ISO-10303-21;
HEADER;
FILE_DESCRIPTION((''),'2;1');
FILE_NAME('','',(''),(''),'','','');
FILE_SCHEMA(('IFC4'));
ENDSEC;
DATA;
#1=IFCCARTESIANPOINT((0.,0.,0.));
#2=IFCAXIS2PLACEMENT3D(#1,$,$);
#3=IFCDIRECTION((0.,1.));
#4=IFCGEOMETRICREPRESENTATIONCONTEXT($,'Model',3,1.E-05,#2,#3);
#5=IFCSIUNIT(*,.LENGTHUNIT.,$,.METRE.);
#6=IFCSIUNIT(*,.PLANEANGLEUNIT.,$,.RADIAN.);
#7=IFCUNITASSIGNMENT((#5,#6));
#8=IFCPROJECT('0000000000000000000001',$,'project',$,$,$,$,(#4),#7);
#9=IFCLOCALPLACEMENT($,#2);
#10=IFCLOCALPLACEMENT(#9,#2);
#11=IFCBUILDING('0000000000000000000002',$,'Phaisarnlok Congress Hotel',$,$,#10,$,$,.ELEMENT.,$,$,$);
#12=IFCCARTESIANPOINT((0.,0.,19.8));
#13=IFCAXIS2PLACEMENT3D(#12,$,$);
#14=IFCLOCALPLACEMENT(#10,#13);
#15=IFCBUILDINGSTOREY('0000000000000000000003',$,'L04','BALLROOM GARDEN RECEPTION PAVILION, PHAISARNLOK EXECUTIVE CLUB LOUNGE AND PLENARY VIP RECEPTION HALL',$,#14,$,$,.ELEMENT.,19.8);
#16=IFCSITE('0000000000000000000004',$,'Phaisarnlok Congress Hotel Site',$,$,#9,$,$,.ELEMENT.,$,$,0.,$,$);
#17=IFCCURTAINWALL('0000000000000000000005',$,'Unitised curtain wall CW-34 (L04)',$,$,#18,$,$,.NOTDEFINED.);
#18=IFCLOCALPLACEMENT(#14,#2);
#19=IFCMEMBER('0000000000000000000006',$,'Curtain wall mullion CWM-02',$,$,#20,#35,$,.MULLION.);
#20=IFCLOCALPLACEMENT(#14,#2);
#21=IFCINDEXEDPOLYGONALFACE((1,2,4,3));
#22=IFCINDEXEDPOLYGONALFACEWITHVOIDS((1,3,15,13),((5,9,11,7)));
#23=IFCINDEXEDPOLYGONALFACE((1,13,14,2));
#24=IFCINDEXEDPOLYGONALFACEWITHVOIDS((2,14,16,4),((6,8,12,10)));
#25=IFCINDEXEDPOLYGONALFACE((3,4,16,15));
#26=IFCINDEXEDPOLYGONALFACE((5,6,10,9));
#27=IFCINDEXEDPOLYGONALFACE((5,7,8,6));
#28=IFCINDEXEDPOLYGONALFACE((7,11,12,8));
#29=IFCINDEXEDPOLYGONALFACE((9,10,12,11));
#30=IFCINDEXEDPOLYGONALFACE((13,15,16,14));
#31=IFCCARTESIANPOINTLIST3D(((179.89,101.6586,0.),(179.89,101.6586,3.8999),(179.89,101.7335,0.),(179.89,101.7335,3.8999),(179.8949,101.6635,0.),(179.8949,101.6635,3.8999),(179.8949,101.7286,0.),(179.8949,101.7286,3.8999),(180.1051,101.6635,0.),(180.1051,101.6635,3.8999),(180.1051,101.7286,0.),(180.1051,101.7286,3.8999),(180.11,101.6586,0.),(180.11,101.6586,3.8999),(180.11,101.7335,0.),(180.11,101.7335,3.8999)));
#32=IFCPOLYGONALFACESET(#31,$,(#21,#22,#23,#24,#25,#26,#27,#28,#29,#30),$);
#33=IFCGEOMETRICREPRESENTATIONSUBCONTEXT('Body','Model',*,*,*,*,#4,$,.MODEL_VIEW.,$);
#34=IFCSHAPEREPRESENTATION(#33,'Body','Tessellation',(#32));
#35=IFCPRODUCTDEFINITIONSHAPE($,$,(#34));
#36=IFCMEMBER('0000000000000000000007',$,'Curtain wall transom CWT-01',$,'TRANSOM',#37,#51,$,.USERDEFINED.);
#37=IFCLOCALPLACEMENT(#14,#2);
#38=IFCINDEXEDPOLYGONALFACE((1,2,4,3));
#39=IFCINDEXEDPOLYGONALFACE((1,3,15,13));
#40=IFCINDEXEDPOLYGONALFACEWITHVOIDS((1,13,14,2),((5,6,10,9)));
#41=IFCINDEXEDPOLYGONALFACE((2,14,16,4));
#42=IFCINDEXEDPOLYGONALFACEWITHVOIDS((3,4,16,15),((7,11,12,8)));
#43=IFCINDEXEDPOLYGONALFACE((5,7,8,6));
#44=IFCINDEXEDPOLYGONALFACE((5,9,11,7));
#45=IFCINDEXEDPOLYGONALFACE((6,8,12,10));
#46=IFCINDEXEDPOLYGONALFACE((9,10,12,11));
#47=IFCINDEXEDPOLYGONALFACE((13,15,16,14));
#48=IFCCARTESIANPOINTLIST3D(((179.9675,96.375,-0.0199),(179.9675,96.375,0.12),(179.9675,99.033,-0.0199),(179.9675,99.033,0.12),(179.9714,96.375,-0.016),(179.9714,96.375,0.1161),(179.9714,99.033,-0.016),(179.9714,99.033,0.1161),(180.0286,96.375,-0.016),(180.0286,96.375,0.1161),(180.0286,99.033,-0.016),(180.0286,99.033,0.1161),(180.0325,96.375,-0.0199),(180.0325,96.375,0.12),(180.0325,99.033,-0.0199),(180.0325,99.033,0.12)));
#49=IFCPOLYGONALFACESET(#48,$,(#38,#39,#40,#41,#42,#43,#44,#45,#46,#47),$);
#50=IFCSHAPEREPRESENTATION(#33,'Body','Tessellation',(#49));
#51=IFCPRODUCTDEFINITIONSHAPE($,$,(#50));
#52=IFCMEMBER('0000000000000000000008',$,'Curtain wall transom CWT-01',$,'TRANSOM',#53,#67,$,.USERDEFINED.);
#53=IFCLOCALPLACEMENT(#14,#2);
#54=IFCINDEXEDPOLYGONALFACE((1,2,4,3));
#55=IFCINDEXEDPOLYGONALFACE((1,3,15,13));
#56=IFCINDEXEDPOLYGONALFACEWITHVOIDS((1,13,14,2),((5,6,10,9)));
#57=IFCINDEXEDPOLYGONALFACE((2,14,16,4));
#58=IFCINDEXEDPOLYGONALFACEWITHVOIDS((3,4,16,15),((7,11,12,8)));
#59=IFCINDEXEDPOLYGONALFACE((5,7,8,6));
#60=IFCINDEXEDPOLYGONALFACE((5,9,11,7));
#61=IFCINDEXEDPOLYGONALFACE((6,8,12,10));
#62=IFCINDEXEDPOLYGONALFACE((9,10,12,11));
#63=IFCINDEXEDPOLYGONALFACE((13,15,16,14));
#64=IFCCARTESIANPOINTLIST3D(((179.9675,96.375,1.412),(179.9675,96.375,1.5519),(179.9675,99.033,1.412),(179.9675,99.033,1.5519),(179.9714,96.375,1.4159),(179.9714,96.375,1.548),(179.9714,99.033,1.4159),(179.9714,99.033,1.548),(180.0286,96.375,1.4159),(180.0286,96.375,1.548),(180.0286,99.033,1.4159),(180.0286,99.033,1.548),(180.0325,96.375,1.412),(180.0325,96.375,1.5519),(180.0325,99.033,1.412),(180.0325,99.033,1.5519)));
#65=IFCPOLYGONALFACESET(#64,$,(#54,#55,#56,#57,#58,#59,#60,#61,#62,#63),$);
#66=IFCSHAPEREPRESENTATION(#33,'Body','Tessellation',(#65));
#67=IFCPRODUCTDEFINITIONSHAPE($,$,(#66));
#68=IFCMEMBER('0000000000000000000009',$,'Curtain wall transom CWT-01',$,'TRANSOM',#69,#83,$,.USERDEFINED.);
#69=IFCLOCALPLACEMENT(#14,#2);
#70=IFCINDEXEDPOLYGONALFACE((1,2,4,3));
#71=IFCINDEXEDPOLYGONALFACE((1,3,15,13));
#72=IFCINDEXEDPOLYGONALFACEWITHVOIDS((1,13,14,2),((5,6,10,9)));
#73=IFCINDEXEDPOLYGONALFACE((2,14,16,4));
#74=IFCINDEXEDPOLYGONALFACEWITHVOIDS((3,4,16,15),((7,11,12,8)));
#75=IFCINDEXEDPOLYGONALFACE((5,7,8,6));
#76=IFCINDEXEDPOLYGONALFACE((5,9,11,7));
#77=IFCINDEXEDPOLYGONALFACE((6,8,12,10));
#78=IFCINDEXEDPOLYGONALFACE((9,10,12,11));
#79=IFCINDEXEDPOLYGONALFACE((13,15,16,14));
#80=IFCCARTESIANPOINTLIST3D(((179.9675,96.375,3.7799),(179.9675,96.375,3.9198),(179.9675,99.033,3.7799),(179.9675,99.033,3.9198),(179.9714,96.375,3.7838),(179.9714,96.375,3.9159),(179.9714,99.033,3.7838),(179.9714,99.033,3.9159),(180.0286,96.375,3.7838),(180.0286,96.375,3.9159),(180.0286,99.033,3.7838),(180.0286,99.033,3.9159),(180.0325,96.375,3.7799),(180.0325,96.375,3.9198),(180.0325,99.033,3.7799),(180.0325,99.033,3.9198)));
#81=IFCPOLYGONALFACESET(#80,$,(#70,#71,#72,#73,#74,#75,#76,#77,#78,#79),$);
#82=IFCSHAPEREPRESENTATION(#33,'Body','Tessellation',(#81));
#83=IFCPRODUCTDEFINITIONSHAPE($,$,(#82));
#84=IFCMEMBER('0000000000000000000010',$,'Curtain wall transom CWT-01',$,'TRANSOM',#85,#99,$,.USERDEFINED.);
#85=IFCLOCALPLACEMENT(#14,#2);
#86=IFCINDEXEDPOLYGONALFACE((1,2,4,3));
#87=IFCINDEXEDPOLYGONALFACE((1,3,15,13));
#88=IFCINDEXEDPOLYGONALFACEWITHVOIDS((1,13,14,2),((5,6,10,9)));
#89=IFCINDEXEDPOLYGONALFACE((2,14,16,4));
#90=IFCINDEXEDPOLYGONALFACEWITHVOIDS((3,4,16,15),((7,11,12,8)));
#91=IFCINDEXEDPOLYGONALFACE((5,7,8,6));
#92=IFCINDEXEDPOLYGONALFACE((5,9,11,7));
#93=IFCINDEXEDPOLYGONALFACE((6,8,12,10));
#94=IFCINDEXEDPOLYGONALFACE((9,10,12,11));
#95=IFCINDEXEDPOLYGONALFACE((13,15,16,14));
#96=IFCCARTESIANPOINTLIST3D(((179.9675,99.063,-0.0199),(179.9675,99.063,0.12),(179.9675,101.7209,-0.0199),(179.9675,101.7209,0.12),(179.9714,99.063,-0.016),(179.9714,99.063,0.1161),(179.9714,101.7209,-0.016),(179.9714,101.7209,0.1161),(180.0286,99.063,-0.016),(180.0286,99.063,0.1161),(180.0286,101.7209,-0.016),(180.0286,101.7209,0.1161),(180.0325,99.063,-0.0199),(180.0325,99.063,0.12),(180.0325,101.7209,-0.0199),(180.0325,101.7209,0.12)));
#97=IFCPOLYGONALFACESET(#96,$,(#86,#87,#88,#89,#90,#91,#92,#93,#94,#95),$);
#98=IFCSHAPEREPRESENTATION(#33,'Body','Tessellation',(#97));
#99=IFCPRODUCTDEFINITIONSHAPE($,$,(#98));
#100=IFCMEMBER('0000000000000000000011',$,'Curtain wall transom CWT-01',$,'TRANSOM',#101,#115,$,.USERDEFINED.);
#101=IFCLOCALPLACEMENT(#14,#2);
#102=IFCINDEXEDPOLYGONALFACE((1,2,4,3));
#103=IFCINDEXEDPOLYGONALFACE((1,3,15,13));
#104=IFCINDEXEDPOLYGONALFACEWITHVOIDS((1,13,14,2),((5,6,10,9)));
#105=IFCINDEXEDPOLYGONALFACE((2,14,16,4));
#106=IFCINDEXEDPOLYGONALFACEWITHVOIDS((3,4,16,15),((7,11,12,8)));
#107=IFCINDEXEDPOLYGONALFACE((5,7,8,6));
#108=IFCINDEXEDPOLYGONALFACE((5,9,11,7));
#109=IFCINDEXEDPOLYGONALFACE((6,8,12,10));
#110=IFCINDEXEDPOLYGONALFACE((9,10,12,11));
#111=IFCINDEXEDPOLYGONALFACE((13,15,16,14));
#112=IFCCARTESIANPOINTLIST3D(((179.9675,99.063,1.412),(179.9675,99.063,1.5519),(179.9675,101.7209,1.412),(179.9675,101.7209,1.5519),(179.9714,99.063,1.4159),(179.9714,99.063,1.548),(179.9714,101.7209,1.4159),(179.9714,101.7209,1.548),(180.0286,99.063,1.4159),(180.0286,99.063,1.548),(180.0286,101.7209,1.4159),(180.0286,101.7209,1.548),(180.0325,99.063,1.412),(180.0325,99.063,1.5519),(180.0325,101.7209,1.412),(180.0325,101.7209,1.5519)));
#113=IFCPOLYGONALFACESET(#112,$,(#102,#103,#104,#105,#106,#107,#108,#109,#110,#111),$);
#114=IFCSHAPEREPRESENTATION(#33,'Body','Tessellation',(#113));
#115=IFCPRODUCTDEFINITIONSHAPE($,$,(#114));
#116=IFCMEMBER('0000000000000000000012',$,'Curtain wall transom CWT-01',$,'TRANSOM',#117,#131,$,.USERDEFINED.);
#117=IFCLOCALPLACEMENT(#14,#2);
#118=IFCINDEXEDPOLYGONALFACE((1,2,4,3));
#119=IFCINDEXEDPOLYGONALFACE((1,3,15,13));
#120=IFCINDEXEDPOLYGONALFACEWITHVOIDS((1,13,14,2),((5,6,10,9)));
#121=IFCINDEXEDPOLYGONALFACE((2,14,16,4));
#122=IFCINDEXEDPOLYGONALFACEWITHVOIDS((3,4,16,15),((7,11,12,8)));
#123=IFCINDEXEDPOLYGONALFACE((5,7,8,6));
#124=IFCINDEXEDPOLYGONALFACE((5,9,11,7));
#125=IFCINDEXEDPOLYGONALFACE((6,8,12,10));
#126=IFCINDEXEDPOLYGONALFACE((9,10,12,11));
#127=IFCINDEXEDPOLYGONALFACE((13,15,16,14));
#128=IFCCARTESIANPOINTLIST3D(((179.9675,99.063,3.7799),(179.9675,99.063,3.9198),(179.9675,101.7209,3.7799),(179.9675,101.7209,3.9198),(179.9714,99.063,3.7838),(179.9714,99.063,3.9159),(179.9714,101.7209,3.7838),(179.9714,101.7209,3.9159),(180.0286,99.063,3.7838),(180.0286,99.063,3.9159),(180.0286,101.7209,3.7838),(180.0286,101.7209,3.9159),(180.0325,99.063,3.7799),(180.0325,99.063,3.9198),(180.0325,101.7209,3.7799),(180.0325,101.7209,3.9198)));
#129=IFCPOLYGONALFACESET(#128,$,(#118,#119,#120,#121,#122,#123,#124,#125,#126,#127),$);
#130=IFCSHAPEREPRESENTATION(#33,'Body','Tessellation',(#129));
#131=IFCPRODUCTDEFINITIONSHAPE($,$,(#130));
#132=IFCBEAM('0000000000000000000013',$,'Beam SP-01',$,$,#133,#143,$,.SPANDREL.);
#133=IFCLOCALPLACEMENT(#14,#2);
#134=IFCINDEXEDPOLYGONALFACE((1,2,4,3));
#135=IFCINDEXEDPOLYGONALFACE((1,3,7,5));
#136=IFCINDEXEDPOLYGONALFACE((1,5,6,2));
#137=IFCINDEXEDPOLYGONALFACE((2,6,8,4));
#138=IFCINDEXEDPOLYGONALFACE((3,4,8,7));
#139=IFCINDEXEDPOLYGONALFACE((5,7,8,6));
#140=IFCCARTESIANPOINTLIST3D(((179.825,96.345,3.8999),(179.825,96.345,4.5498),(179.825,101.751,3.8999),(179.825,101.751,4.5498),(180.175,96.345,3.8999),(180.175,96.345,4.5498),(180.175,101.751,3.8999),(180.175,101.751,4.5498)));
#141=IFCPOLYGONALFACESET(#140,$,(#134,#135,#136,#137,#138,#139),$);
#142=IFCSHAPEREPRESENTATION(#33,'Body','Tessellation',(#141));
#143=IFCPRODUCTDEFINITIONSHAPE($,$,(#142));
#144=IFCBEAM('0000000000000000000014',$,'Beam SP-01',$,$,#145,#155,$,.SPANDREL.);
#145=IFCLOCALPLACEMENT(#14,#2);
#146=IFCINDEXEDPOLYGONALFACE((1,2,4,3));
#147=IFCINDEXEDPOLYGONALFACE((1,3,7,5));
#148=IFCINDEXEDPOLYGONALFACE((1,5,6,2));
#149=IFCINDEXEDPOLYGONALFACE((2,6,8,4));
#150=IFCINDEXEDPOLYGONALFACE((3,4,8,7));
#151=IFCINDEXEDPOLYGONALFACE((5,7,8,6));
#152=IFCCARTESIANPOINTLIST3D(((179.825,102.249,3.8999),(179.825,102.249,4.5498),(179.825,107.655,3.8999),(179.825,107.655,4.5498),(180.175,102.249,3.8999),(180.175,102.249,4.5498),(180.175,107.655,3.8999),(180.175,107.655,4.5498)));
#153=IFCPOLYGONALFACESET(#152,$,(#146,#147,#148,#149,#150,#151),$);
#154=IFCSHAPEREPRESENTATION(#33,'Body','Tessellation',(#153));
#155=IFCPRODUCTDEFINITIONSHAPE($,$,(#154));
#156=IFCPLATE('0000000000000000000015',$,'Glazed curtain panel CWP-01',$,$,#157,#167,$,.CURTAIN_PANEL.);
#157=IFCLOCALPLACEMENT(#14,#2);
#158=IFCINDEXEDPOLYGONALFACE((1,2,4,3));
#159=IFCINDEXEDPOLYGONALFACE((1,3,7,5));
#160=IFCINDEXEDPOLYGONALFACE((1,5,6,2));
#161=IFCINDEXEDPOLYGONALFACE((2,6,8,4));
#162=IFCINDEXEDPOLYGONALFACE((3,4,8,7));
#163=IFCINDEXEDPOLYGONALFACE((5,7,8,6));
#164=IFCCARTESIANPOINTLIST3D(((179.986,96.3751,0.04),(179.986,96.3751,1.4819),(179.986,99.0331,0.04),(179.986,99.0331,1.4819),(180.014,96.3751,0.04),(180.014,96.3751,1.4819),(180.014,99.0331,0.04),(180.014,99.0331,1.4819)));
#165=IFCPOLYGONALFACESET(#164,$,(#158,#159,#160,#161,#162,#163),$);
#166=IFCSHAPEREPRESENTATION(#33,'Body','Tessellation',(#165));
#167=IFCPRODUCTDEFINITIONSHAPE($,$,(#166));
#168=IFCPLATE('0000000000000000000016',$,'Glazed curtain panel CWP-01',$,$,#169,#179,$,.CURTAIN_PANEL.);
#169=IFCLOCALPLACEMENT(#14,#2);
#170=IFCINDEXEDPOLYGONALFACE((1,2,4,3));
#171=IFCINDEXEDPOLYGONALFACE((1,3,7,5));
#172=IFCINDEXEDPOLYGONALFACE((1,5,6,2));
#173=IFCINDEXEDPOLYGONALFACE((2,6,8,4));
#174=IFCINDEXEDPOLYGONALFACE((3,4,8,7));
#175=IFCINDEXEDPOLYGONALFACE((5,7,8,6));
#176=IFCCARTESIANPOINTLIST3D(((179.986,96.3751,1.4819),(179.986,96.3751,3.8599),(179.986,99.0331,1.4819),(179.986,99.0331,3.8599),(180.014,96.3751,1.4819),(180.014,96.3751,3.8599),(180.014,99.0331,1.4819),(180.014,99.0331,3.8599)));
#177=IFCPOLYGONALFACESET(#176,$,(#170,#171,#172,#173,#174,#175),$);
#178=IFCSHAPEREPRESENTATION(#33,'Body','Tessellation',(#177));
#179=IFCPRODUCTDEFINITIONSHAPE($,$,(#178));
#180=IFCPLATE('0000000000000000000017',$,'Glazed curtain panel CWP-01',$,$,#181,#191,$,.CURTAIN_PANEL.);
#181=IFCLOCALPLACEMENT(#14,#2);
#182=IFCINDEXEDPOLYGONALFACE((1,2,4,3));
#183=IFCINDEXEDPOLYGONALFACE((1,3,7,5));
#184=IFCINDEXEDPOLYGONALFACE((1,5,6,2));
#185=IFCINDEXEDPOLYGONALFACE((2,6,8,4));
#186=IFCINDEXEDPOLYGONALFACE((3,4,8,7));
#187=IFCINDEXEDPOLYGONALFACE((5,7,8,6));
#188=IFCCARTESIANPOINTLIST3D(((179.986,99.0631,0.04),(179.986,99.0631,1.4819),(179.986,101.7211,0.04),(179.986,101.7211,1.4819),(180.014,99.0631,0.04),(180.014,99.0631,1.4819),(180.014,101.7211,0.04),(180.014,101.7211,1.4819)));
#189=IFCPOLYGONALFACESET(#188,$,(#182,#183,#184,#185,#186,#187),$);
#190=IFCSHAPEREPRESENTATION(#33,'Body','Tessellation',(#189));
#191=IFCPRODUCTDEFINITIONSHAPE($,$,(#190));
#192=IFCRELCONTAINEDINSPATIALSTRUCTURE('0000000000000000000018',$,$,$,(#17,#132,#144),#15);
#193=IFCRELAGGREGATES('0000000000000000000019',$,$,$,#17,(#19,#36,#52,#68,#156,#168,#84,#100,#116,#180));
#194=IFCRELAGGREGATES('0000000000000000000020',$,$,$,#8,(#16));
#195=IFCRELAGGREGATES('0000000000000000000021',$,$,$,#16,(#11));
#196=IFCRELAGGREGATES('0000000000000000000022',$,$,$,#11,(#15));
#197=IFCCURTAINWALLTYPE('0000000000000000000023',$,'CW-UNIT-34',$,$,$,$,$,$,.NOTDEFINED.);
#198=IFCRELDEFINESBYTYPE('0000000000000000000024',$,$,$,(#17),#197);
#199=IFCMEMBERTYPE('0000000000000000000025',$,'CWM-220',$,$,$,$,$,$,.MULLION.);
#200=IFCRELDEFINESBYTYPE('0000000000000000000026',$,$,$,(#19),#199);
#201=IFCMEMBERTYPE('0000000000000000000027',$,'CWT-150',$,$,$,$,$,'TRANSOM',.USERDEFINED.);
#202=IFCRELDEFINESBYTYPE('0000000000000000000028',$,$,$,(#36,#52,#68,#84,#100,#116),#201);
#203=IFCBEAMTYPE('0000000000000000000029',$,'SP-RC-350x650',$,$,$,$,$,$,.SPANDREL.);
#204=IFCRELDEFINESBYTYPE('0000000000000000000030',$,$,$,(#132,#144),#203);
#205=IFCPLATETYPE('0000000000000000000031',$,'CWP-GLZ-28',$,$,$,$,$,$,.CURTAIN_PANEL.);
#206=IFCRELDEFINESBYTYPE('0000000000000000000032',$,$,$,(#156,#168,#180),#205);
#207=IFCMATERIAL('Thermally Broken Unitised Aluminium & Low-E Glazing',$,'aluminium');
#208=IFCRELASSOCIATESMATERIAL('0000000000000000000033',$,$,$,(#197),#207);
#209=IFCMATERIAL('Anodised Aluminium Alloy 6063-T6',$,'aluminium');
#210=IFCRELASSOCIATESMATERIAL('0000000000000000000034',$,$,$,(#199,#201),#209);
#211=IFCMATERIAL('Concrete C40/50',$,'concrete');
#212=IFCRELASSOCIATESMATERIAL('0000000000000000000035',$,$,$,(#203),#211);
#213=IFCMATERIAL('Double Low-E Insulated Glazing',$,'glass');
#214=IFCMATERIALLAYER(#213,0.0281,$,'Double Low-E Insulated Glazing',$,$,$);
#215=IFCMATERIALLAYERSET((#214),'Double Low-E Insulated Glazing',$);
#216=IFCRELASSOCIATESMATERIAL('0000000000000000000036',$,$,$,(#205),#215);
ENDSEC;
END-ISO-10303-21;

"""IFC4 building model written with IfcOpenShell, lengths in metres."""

from ifc_helpers import new_model, si_unit, direction, frame, frame_2d, origin, origin_2d, place, context, subcontext, project, spatial, rectangle, hollow_rectangle, extrude, material, layer, layer_set, material_profile, profile_set, type_object, element, aggregate, save


model = new_model("IFC4")

# Units and contexts
model_context = context("Model", 3, precision=1e-05, world=origin(), true_north=direction((0.0, 1.0)))
body_context = subcontext(model_context, "Body", "Model", "MODEL_VIEW")
ifc_project = project(units=[si_unit("LENGTHUNIT", "METRE"), si_unit("PLANEANGLEUNIT", "RADIAN")], contexts=[model_context])

# Site, building, storey
site_placement = place(None, origin())
site = spatial("IfcSite", under=ifc_project, at=site_placement, Name="Phaisarnlok Congress Hotel Site", CompositionType="ELEMENT", RefElevation=0.0)
building_placement = place(site_placement, origin())
building = spatial("IfcBuilding", under=site, at=building_placement, Name="Phaisarnlok Congress Hotel", CompositionType="ELEMENT")
storey_placement = place(building_placement, frame((0.0, 0.0, 19.8)))
storey = spatial("IfcBuildingStorey", under=building, at=storey_placement, Name="L04", Description="BALLROOM GARDEN RECEPTION PAVILION, PHAISARNLOK EXECUTIVE CLUB LOUNGE AND PLENARY VIP RECEPTION HALL", CompositionType="ELEMENT", Elevation=19.8)

# Shared definitions
ifc_material_1 = material(Name="Concrete C40/50", Category="concrete")

# Curtain wall, members
ifc_material_2 = material(Name="Thermally Broken Unitised Aluminium & Low-E Glazing", Category="aluminium")
curtain_wall_type = type_object("IfcCurtainWallType", Name="CW-UNIT-34", PredefinedType="NOTDEFINED", material=ifc_material_2)
curtain_wall_placement = place(storey_placement, origin())
curtain_wall = element("IfcCurtainWall", 1, at=curtain_wall_placement, inside=storey, type_object=curtain_wall_type, Name="Unitised curtain wall CW-34 (L04)", PredefinedType="NOTDEFINED")
ifc_material_3 = material(Name="Anodised Aluminium Alloy 6063-T6", Category="aluminium")
ifc_material_profile_1 = material_profile(ifc_material_3, hollow_rectangle(XDim=0.075, YDim=0.22, WallThickness=0.0049, at=origin_2d()), Name="ALU-M 75x220x5")
ifc_profile_set_1 = profile_set([ifc_material_profile_1], Name="Anodised Aluminium Alloy 6063-T6")
member_type_1 = type_object("IfcMemberType", Name="CWM-220", PredefinedType="MULLION", material=ifc_profile_set_1)
member_1_placement = place(storey_placement, frame((180.0, 101.696, 0.0), z_axis=(0.0, 0.0, 1.0), x_axis=(0.0, 1.0, 0.0)))
member_1 = element("IfcMember", 2, at=member_1_placement, type_object=member_type_1, Name="Curtain wall mullion CWM-02", PredefinedType="MULLION", context=body_context, shape_type="SweptSolid", body=[
    extrude(hollow_rectangle(XDim=0.075, YDim=0.22, WallThickness=0.0049, at=origin_2d()), origin(), (0.0, 0.0, 1.0), 3.8999),
])
ifc_material_profile_2 = material_profile(ifc_material_3, hollow_rectangle(XDim=0.0649, YDim=0.1399, WallThickness=0.0039, at=origin_2d()), Name="ALU-T 65x140x4")
ifc_profile_set_2 = profile_set([ifc_material_profile_2], Name="Anodised Aluminium Alloy 6063-T6")
member_type_2 = type_object("IfcMemberType", Name="CWT-150", ElementType="TRANSOM", PredefinedType="USERDEFINED", material=ifc_profile_set_2)
member_2_placement = place(storey_placement, frame((180.0, 96.375, 0.05), z_axis=(0.0, 1.0, 0.0), x_axis=(-1.0, 0.0, 0.0)))
member_2 = element("IfcMember", 3, at=member_2_placement, type_object=member_type_2, Name="Curtain wall transom CWT-01", ObjectType="TRANSOM", PredefinedType="USERDEFINED", context=body_context, shape_type="SweptSolid", body=[
    extrude(hollow_rectangle(XDim=0.0649, YDim=0.1399, WallThickness=0.0039, at=origin_2d()), origin(), (0.0, 0.0, 1.0), 2.658),
])
member_3_placement = place(storey_placement, frame((180.0, 96.375, 1.4819), z_axis=(0.0, 1.0, 0.0), x_axis=(-1.0, 0.0, 0.0)))
member_3 = element("IfcMember", 4, at=member_3_placement, type_object=member_type_2, Name="Curtain wall transom CWT-01", ObjectType="TRANSOM", PredefinedType="USERDEFINED", context=body_context, shape_type="SweptSolid", body=[
    extrude(hollow_rectangle(XDim=0.0649, YDim=0.1399, WallThickness=0.0039, at=origin_2d()), origin(), (0.0, 0.0, 1.0), 2.658),
])
member_4_placement = place(storey_placement, frame((180.0, 96.375, 3.8499), z_axis=(0.0, 1.0, 0.0), x_axis=(-1.0, 0.0, 0.0)))
member_4 = element("IfcMember", 5, at=member_4_placement, type_object=member_type_2, Name="Curtain wall transom CWT-01", ObjectType="TRANSOM", PredefinedType="USERDEFINED", context=body_context, shape_type="SweptSolid", body=[
    extrude(hollow_rectangle(XDim=0.0649, YDim=0.1399, WallThickness=0.0039, at=origin_2d()), origin(), (0.0, 0.0, 1.0), 2.658),
])
member_5_placement = place(storey_placement, frame((180.0, 99.063, 0.05), z_axis=(0.0, 1.0, 0.0), x_axis=(-1.0, 0.0, 0.0)))
member_5 = element("IfcMember", 6, at=member_5_placement, type_object=member_type_2, Name="Curtain wall transom CWT-01", ObjectType="TRANSOM", PredefinedType="USERDEFINED", context=body_context, shape_type="SweptSolid", body=[
    extrude(hollow_rectangle(XDim=0.0649, YDim=0.1399, WallThickness=0.0039, at=origin_2d()), origin(), (0.0, 0.0, 1.0), 2.658),
])
member_6_placement = place(storey_placement, frame((180.0, 99.063, 1.4819), z_axis=(0.0, 1.0, 0.0), x_axis=(-1.0, 0.0, 0.0)))
member_6 = element("IfcMember", 7, at=member_6_placement, type_object=member_type_2, Name="Curtain wall transom CWT-01", ObjectType="TRANSOM", PredefinedType="USERDEFINED", context=body_context, shape_type="SweptSolid", body=[
    extrude(hollow_rectangle(XDim=0.0649, YDim=0.1399, WallThickness=0.0039, at=origin_2d()), origin(), (0.0, 0.0, 1.0), 2.658),
])
member_7_placement = place(storey_placement, frame((180.0, 99.063, 3.8499), z_axis=(0.0, 1.0, 0.0), x_axis=(-1.0, 0.0, 0.0)))
member_7 = element("IfcMember", 8, at=member_7_placement, type_object=member_type_2, Name="Curtain wall transom CWT-01", ObjectType="TRANSOM", PredefinedType="USERDEFINED", context=body_context, shape_type="SweptSolid", body=[
    extrude(hollow_rectangle(XDim=0.0649, YDim=0.1399, WallThickness=0.0039, at=origin_2d()), origin(), (0.0, 0.0, 1.0), 2.658),
])

# Beams
ifc_material_profile_3 = material_profile(ifc_material_1, rectangle(XDim=0.3501, YDim=0.6499, at=origin_2d()), Name="RC 350x650")
ifc_profile_set_3 = profile_set([ifc_material_profile_3], Name="Concrete C40/50")
beam_type_1 = type_object("IfcBeamType", Name="SP-RC-350x650", PredefinedType="SPANDREL", material=ifc_profile_set_3)
for number, where, z_axis, x_axis, name in (
    (9, (180.0, 96.345, 4.2249), (0.0, 1.0, 0.0), (-1.0, 0.0, 0.0), "Beam SP-01"),
    (10, (180.0, 102.249, 4.2249), (0.0, 1.0, 0.0), (-1.0, 0.0, 0.0), "Beam SP-01"),
):
    element("IfcBeam", number, at=place(storey_placement, frame(where, z_axis=z_axis, x_axis=x_axis)), inside=storey, type_object=beam_type_1, Name=name, PredefinedType="SPANDREL", context=body_context, shape_type="SweptSolid", body=[
        extrude(rectangle(XDim=0.3501, YDim=0.6499, at=origin_2d()), origin(), (0.0, 0.0, 1.0), 5.406),
    ])

# Plates
ifc_material_4 = material(Name="Double Low-E Insulated Glazing", Category="glass")
ifc_layer_1 = layer(ifc_material_4, 0.0281, Name="Double Low-E Insulated Glazing")
ifc_layer_set_1 = layer_set([ifc_layer_1], Name="Double Low-E Insulated Glazing")
plate_type_1 = type_object("IfcPlateType", Name="CWP-GLZ-28", PredefinedType="CURTAIN_PANEL", material=ifc_layer_set_1)
plate_1_placement = place(storey_placement, frame((180.0, 96.375, 0.04), z_axis=(0.0, 0.0, 1.0), x_axis=(0.0, 1.0, 0.0)))
plate_1 = element("IfcPlate", 11, at=plate_1_placement, type_object=plate_type_1, Name="Glazed curtain panel CWP-01", PredefinedType="CURTAIN_PANEL", context=body_context, shape_type="SweptSolid", body=[
    extrude(rectangle(XDim=2.658, YDim=0.0281, at=frame_2d((1.3291, 0.0))), origin(), (0.0, 0.0, 1.0), 1.4419),
])
plate_2_placement = place(storey_placement, frame((180.0, 96.375, 1.4819), z_axis=(0.0, 0.0, 1.0), x_axis=(0.0, 1.0, 0.0)))
plate_2 = element("IfcPlate", 12, at=plate_2_placement, type_object=plate_type_1, Name="Glazed curtain panel CWP-01", PredefinedType="CURTAIN_PANEL", context=body_context, shape_type="SweptSolid", body=[
    extrude(rectangle(XDim=2.658, YDim=0.0281, at=frame_2d((1.3291, 0.0))), origin(), (0.0, 0.0, 1.0), 2.3779),
])
plate_3_placement = place(storey_placement, frame((180.0, 99.063, 0.04), z_axis=(0.0, 0.0, 1.0), x_axis=(0.0, 1.0, 0.0)))
plate_3 = element("IfcPlate", 13, at=plate_3_placement, type_object=plate_type_1, Name="Glazed curtain panel CWP-01", PredefinedType="CURTAIN_PANEL", context=body_context, shape_type="SweptSolid", body=[
    extrude(rectangle(XDim=2.658, YDim=0.0281, at=frame_2d((1.3291, 0.0))), origin(), (0.0, 0.0, 1.0), 1.4419),
])
aggregate(curtain_wall, [member_1, member_2, member_3, member_4, plate_1, plate_2, member_5, member_6, member_7, plate_3])

save(model, "model.ifc")
